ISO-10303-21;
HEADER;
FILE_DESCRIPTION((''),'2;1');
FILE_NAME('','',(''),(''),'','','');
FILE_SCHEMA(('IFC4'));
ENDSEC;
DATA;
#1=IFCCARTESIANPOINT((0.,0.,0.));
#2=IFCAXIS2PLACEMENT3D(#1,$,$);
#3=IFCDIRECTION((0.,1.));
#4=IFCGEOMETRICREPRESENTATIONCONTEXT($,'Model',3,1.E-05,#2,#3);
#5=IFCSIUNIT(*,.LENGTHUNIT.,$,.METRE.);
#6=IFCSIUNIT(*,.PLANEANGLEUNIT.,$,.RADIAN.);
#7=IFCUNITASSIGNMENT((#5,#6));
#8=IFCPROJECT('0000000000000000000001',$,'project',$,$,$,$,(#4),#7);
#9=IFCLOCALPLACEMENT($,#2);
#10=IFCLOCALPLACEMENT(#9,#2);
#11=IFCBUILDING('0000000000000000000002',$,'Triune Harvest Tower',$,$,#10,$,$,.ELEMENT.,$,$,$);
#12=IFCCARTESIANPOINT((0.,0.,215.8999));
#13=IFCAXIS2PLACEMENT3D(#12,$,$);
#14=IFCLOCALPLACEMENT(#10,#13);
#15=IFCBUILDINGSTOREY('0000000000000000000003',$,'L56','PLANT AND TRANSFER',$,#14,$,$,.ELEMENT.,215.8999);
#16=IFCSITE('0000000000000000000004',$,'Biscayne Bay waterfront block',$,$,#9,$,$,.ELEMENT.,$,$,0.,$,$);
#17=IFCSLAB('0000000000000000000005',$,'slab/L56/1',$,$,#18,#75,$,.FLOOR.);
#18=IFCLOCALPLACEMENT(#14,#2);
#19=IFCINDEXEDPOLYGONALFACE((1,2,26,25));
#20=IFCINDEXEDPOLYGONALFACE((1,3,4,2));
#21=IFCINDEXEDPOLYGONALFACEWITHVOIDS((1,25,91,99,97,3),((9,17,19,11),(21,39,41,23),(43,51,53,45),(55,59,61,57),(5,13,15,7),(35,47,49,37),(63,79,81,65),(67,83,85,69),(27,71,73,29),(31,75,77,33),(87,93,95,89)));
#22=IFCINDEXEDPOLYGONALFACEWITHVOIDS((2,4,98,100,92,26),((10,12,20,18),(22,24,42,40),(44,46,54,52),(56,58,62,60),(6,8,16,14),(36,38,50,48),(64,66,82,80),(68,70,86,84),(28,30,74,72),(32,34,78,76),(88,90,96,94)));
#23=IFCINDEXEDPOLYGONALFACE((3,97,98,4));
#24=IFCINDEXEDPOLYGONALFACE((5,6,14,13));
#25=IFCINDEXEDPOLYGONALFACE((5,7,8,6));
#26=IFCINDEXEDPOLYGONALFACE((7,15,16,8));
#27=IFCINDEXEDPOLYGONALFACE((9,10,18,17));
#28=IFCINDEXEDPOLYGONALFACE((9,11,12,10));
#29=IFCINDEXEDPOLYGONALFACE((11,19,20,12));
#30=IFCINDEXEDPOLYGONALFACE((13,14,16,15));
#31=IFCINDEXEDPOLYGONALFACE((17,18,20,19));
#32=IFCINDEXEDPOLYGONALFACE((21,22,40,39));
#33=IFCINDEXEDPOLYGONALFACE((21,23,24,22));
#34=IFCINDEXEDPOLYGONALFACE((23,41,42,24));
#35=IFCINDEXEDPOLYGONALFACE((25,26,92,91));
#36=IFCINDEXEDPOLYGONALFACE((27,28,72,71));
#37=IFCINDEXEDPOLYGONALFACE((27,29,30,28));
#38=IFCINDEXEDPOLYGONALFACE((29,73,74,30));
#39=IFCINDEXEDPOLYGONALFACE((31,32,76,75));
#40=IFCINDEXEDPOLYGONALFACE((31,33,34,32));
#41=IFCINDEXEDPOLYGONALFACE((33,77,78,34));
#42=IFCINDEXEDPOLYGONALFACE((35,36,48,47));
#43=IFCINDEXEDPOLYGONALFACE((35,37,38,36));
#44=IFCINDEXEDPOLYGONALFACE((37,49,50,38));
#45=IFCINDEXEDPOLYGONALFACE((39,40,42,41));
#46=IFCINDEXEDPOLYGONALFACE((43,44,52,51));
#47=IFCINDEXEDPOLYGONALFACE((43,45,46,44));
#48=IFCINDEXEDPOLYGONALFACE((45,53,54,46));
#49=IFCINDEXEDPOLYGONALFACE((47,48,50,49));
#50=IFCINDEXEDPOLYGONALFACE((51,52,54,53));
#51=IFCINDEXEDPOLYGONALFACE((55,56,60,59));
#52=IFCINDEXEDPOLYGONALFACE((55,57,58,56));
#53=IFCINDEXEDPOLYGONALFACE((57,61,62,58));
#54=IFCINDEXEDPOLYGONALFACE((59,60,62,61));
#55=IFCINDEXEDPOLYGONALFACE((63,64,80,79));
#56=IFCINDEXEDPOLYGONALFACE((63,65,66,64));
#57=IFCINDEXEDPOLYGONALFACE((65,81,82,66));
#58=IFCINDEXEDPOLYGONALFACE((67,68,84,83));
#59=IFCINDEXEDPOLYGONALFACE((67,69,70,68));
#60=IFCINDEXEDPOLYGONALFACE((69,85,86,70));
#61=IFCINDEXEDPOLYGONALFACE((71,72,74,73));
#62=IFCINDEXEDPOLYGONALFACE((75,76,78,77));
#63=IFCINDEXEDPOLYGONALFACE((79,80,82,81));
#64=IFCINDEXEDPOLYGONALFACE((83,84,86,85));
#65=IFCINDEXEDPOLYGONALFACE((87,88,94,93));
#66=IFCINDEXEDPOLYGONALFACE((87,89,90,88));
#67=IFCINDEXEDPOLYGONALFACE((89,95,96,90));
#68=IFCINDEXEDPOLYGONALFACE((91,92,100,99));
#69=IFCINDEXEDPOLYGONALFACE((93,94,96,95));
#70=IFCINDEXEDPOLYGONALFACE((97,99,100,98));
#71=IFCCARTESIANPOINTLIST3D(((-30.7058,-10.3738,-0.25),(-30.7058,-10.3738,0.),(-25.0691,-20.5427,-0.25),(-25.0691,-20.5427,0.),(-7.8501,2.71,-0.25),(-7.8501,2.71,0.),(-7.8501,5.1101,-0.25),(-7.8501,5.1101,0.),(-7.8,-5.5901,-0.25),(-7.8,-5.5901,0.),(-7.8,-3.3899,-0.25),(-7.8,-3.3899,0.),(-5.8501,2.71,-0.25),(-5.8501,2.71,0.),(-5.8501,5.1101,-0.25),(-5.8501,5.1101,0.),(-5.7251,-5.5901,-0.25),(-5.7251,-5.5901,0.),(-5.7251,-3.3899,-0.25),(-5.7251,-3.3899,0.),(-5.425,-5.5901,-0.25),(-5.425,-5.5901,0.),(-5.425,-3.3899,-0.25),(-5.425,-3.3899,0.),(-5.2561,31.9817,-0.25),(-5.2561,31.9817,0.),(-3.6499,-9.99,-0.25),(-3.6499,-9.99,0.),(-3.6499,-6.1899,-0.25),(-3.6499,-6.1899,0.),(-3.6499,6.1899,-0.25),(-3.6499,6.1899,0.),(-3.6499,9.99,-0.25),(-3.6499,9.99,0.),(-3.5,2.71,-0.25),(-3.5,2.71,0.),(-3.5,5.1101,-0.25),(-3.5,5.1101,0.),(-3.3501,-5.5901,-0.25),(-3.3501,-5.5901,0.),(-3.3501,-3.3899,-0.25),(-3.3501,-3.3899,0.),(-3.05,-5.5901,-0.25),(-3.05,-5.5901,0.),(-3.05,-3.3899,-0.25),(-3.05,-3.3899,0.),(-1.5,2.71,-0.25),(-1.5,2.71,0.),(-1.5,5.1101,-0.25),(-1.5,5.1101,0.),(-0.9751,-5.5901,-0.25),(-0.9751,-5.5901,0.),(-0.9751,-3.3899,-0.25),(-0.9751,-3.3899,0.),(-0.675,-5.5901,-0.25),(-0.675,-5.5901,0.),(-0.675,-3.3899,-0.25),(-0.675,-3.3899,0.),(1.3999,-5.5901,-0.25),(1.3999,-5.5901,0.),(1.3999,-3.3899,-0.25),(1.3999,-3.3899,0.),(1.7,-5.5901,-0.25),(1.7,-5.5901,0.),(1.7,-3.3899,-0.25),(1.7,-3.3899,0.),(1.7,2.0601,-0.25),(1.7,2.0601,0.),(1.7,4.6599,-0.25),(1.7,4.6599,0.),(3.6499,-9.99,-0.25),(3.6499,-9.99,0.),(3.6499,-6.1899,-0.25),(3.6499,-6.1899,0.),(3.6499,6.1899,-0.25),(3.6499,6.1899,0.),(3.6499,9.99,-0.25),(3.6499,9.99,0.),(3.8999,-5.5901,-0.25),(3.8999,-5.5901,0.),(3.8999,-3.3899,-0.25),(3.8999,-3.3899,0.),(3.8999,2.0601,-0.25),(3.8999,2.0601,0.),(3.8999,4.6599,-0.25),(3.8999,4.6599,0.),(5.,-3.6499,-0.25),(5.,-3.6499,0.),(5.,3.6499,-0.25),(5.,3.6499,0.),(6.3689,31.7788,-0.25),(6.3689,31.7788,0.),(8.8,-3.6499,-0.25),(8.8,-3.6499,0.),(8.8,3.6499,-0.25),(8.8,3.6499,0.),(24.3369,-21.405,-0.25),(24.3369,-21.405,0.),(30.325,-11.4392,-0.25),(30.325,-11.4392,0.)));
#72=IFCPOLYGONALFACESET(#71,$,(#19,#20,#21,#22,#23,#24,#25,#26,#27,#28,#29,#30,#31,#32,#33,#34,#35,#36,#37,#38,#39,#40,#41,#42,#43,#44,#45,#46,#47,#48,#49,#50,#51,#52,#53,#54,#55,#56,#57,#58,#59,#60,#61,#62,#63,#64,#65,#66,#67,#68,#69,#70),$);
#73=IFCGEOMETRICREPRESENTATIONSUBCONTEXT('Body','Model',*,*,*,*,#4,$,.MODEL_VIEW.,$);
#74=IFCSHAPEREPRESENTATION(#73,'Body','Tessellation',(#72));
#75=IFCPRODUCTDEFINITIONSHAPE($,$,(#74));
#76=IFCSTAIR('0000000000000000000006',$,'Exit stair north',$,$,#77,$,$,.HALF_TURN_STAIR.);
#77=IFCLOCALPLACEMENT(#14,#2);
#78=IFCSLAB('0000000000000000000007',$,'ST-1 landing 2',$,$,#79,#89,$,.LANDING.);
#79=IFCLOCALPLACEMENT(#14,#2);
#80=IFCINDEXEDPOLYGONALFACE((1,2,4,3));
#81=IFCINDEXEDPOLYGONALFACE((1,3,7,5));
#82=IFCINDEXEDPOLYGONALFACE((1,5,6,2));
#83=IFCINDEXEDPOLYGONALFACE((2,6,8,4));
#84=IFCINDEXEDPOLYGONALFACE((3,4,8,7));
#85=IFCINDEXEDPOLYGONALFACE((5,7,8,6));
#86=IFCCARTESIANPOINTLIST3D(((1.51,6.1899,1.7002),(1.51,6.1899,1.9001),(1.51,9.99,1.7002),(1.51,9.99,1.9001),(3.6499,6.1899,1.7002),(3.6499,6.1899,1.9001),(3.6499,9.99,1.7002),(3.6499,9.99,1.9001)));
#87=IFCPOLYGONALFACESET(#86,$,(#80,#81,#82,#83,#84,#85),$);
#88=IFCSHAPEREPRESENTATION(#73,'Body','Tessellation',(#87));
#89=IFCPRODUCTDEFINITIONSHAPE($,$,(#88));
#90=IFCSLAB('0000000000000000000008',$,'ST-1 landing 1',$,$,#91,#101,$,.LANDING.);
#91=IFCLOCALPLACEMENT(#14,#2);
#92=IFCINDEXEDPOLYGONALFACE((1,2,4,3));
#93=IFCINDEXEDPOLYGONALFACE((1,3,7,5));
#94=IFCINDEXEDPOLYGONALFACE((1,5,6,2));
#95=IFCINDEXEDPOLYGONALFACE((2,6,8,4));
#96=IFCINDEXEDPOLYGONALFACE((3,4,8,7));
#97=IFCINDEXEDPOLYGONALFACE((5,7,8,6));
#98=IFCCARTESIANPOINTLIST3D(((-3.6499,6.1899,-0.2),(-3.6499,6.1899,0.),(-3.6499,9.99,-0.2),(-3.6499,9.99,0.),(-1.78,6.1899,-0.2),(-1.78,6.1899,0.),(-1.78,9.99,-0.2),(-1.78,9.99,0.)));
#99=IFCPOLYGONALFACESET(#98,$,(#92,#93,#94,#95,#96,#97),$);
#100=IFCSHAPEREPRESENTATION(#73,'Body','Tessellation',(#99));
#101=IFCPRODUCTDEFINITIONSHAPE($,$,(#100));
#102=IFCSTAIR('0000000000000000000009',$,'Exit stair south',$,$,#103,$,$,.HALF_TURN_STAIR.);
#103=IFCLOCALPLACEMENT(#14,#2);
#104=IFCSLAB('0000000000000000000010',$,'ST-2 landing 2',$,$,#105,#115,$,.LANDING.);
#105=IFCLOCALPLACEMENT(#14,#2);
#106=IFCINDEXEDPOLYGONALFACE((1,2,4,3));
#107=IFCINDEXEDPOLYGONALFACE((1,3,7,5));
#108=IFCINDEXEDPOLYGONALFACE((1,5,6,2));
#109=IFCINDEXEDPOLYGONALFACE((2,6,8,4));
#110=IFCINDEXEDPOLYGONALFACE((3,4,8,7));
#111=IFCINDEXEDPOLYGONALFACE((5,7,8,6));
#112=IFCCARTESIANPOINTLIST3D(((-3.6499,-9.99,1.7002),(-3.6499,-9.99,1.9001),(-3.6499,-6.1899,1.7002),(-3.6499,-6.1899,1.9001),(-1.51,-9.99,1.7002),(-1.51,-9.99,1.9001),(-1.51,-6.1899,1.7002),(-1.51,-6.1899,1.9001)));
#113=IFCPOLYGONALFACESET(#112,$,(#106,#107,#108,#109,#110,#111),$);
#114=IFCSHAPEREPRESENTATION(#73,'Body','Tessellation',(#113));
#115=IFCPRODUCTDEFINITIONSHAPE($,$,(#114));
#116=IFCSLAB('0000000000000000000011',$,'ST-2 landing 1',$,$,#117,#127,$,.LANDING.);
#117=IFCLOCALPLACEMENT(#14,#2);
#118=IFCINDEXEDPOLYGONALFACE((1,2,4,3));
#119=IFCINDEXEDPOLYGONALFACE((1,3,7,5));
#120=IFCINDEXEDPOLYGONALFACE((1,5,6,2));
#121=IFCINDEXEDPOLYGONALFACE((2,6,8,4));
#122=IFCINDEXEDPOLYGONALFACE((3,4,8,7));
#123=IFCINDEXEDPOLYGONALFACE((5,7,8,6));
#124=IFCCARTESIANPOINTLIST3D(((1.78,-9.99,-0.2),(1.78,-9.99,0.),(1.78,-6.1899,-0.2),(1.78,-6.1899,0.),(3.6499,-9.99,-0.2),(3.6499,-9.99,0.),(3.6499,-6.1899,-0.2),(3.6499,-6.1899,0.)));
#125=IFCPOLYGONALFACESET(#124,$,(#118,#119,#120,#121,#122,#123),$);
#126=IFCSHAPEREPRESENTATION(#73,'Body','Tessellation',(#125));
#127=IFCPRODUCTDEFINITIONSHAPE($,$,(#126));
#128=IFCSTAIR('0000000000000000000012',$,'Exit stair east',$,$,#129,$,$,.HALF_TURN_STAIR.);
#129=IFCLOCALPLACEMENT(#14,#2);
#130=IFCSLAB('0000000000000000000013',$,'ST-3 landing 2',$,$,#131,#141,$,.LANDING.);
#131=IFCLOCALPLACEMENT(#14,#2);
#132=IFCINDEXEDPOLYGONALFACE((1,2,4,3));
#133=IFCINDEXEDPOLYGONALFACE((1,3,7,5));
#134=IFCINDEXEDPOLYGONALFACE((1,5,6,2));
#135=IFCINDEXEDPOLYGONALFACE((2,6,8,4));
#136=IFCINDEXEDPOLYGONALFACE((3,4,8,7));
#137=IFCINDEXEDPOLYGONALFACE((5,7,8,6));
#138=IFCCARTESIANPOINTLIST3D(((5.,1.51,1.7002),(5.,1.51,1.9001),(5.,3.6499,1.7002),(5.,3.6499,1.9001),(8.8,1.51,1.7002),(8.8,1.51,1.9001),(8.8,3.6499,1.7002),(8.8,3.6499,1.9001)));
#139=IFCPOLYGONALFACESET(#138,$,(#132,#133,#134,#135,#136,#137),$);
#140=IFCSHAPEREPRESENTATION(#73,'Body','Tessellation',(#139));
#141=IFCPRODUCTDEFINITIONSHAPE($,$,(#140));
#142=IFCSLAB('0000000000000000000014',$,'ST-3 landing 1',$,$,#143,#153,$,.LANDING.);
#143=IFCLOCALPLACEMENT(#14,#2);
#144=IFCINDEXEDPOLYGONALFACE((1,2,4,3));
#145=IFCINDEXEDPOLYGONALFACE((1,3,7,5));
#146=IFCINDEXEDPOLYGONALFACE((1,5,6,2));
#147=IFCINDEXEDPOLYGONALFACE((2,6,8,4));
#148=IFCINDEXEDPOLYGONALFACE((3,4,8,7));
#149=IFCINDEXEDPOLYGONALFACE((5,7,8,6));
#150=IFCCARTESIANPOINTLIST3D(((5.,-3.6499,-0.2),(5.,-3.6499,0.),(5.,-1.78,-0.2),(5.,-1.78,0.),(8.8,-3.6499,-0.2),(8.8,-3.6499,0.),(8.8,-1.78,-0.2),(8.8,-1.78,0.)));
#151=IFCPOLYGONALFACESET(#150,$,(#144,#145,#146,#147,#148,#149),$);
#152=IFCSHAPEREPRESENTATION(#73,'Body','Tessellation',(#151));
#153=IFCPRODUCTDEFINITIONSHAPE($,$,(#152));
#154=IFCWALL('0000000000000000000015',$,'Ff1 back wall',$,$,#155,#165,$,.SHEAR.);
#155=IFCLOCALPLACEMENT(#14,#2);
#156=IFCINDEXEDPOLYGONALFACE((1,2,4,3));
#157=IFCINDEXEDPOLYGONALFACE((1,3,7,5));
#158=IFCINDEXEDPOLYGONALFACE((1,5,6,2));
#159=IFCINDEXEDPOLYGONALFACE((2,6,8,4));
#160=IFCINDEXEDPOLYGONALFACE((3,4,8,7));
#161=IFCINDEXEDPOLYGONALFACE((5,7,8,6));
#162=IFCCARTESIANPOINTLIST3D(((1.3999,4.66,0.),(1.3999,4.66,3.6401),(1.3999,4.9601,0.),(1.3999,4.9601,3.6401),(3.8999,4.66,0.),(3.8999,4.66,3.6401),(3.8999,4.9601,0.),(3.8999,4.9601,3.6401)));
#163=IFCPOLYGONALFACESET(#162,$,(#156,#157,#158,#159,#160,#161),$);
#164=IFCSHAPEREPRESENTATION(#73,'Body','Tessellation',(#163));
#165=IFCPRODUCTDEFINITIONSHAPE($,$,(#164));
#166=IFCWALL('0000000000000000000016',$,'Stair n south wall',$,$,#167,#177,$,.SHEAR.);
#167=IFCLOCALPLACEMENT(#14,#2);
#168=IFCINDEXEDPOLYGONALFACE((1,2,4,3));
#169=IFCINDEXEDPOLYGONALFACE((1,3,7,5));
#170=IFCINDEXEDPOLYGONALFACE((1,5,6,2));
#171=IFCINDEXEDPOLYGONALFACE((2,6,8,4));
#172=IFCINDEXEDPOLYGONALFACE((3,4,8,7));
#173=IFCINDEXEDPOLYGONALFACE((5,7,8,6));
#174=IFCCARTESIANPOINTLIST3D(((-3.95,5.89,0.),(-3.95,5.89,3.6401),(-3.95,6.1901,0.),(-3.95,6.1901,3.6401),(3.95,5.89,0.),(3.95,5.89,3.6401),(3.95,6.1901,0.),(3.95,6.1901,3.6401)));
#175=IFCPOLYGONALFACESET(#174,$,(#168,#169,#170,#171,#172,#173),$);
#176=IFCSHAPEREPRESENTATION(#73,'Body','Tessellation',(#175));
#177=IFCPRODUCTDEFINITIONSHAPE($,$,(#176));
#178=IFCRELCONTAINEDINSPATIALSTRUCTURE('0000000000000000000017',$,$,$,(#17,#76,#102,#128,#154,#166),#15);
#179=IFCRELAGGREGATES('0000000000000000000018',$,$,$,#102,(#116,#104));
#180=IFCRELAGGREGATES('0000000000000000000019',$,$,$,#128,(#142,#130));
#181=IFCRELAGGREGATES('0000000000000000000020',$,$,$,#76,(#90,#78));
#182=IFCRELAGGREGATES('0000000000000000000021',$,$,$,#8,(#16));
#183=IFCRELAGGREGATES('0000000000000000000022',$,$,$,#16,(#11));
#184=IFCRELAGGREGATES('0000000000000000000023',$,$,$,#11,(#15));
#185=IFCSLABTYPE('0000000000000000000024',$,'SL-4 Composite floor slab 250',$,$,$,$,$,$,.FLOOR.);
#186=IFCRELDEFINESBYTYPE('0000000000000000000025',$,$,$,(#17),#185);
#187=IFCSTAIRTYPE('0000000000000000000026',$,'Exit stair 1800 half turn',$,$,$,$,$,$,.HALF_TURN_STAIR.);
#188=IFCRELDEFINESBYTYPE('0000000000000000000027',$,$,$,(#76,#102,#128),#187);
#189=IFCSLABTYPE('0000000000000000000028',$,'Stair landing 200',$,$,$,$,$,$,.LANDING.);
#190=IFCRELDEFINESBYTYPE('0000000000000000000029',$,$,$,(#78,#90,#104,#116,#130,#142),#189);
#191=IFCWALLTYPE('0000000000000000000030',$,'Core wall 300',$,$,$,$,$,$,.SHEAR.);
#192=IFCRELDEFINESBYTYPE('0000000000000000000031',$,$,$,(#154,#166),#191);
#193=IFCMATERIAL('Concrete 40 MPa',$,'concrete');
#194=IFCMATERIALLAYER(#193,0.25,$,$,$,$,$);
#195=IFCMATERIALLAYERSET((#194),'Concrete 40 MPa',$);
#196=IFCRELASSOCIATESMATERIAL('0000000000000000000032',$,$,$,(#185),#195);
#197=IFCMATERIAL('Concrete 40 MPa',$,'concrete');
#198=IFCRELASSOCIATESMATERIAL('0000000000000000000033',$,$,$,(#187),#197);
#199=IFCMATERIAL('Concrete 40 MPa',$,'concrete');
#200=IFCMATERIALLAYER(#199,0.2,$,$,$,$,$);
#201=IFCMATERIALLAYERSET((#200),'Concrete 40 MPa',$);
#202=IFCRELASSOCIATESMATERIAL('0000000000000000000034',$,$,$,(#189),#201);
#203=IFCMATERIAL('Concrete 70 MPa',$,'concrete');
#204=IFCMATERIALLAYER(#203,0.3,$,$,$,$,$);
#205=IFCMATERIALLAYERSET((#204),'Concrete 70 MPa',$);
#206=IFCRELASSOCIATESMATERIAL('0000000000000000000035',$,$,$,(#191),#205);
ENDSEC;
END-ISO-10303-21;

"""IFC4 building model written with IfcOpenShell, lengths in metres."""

from ifc_helpers import new_model, si_unit, direction, frame, frame_2d, origin, place, context, subcontext, project, spatial, polyline, rectangle, outline, extrude, source, transform, mapped, material, layer, layer_set, type_object, element, aggregate, save


model = new_model("IFC4")

# Units and contexts
model_context = context("Model", 3, precision=1e-05, world=origin(), true_north=direction((0.0, 1.0)))
body_context = subcontext(model_context, "Body", "Model", "MODEL_VIEW")
ifc_project = project(units=[si_unit("LENGTHUNIT", "METRE"), si_unit("PLANEANGLEUNIT", "RADIAN")], contexts=[model_context])

# Site, building, storey
site_placement = place(None, origin())
site = spatial("IfcSite", under=ifc_project, at=site_placement, Name="Biscayne Bay waterfront block", CompositionType="ELEMENT", RefElevation=0.0)
building_placement = place(site_placement, origin())
building = spatial("IfcBuilding", under=site, at=building_placement, Name="Triune Harvest Tower", CompositionType="ELEMENT")
storey_placement = place(building_placement, frame((0.0, 0.0, 215.8999)))
storey = spatial("IfcBuildingStorey", under=building, at=storey_placement, Name="L56", Description="PLANT AND TRANSFER", CompositionType="ELEMENT", Elevation=215.8999)

# Slab
ifc_material_1 = material(Name="Concrete 40 MPa", Category="concrete")
ifc_layer_1 = layer(ifc_material_1, 0.25)
ifc_layer_set_1 = layer_set([ifc_layer_1], Name="Concrete 40 MPa")
slab_type_1 = type_object("IfcSlabType", Name="SL-4 Composite floor slab 250", PredefinedType="FLOOR", material=ifc_layer_set_1)
slab_1_placement = place(storey_placement, frame((0.0, 0.0, -0.25)))
element("IfcSlab", 1, at=slab_1_placement, inside=storey, type_object=slab_type_1, Name="slab/L56/1", PredefinedType="FLOOR", context=body_context, shape_type="SweptSolid", body=[
    extrude(outline(polyline([(30.325, -11.4392), (6.3689, 31.7788), (-5.2561, 31.9817), (-30.7058, -10.3738), (-25.0691, -20.5427), (24.3369, -21.405), (30.325, -11.4392)]), holes=[polyline([(-5.7251, -5.5901), (-5.7251, -3.3899), (-7.8, -3.3899), (-7.8, -5.5901), (-5.7251, -5.5901)]), polyline([(-3.3501, -5.5901), (-3.3501, -3.3899), (-5.425, -3.3899), (-5.425, -5.5901), (-3.3501, -5.5901)]), polyline([(-0.9751, -5.5901), (-0.9751, -3.3899), (-3.05, -3.3899), (-3.05, -5.5901), (-0.9751, -5.5901)]), polyline([(1.3999, -5.5901), (1.3999, -3.3899), (-0.675, -3.3899), (-0.675, -5.5901), (1.3999, -5.5901)]), polyline([(3.8999, 2.0601), (3.8999, 4.6599), (1.7, 4.6599), (1.7, 2.0601), (3.8999, 2.0601)]), polyline([(3.8999, -5.5901), (3.8999, -3.3899), (1.7, -3.3899), (1.7, -5.5901), (3.8999, -5.5901)]), polyline([(-5.8501, 2.71), (-5.8501, 5.1101), (-7.8501, 5.1101), (-7.8501, 2.71), (-5.8501, 2.71)]), polyline([(-1.5, 2.71), (-1.5, 5.1101), (-3.5, 5.1101), (-3.5, 2.71), (-1.5, 2.71)]), polyline([(3.6499, 6.1899), (3.6499, 9.99), (-3.6499, 9.99), (-3.6499, 6.1899), (3.6499, 6.1899)]), polyline([(3.6499, -9.99), (3.6499, -6.1899), (-3.6499, -6.1899), (-3.6499, -9.99), (3.6499, -9.99)]), polyline([(8.8, -3.6499), (8.8, 3.6499), (5.0, 3.6499), (5.0, -3.6499), (8.8, -3.6499)])]), origin(), (0.0, 0.0, 1.0), 0.25),
])

# Stairs, slabs
ifc_material_2 = material(Name="Concrete 40 MPa", Category="concrete")
stair_type = type_object("IfcStairType", Name="Exit stair 1800 half turn", PredefinedType="HALF_TURN_STAIR", material=ifc_material_2)
stair_1_placement = place(storey_placement, origin())
stair_1 = element("IfcStair", 2, at=stair_1_placement, inside=storey, type_object=stair_type, Name="Exit stair north", PredefinedType="HALF_TURN_STAIR")
ifc_material_3 = material(Name="Concrete 40 MPa", Category="concrete")
ifc_layer_2 = layer(ifc_material_3, 0.2)
ifc_layer_set_2 = layer_set([ifc_layer_2], Name="Concrete 40 MPa")
slab_type_2 = type_object("IfcSlabType", Name="Stair landing 200", PredefinedType="LANDING", material=ifc_layer_set_2)
shared_shape_1 = source(origin(), body_context, "Body", "SweptSolid", [
    extrude(outline(polyline([(1.51, 6.1899), (3.6499, 6.1899), (3.6499, 9.99), (1.51, 9.99), (1.51, 6.1899)])), origin(), (0.0, 0.0, 1.0), 0.2),
])
slab_2_placement = place(storey_placement, frame((0.0, 0.0, 1.7002)))
slab_2 = element("IfcSlab", 3, at=slab_2_placement, type_object=slab_type_2, Name="ST-1 landing 2", PredefinedType="LANDING", context=body_context, shape_type="MappedRepresentation", body=[
    mapped(shared_shape_1, transform((0.0, 0.0, 0.0), scale=1.0)),
])
shared_shape_2 = source(origin(), body_context, "Body", "SweptSolid", [
    extrude(outline(polyline([(-3.6499, 6.1899), (-1.78, 6.1899), (-1.78, 9.99), (-3.6499, 9.99), (-3.6499, 6.1899)])), origin(), (0.0, 0.0, 1.0), 0.2),
])
slab_3_placement = place(storey_placement, frame((0.0, 0.0, -0.2)))
slab_3 = element("IfcSlab", 4, at=slab_3_placement, type_object=slab_type_2, Name="ST-1 landing 1", PredefinedType="LANDING", context=body_context, shape_type="MappedRepresentation", body=[
    mapped(shared_shape_2, transform((0.0, 0.0, 0.0), scale=1.0)),
])
stair_2_placement = place(storey_placement, origin())
stair_2 = element("IfcStair", 5, at=stair_2_placement, inside=storey, type_object=stair_type, Name="Exit stair south", PredefinedType="HALF_TURN_STAIR")
shared_shape_3 = source(origin(), body_context, "Body", "SweptSolid", [
    extrude(outline(polyline([(-1.51, -6.1899), (-3.6499, -6.1899), (-3.6499, -9.99), (-1.51, -9.99), (-1.51, -6.1899)])), origin(), (0.0, 0.0, 1.0), 0.2),
])
slab_4_placement = place(storey_placement, frame((0.0, 0.0, 1.7002)))
slab_4 = element("IfcSlab", 6, at=slab_4_placement, type_object=slab_type_2, Name="ST-2 landing 2", PredefinedType="LANDING", context=body_context, shape_type="MappedRepresentation", body=[
    mapped(shared_shape_3, transform((0.0, 0.0, 0.0), scale=1.0)),
])
shared_shape_4 = source(origin(), body_context, "Body", "SweptSolid", [
    extrude(outline(polyline([(3.6499, -6.1899), (1.78, -6.1899), (1.78, -9.99), (3.6499, -9.99), (3.6499, -6.1899)])), origin(), (0.0, 0.0, 1.0), 0.2),
])
slab_5_placement = place(storey_placement, frame((0.0, 0.0, -0.2)))
slab_5 = element("IfcSlab", 7, at=slab_5_placement, type_object=slab_type_2, Name="ST-2 landing 1", PredefinedType="LANDING", context=body_context, shape_type="MappedRepresentation", body=[
    mapped(shared_shape_4, transform((0.0, 0.0, 0.0), scale=1.0)),
])
aggregate(stair_2, [slab_5, slab_4])
stair_3_placement = place(storey_placement, origin())
stair_3 = element("IfcStair", 8, at=stair_3_placement, inside=storey, type_object=stair_type, Name="Exit stair east", PredefinedType="HALF_TURN_STAIR")
shared_shape_5 = source(origin(), body_context, "Body", "SweptSolid", [
    extrude(outline(polyline([(8.8, 1.51), (8.8, 3.6499), (5.0, 3.6499), (5.0, 1.51), (8.8, 1.51)])), origin(), (0.0, 0.0, 1.0), 0.2),
])
slab_6_placement = place(storey_placement, frame((0.0, 0.0, 1.7002)))
slab_6 = element("IfcSlab", 9, at=slab_6_placement, type_object=slab_type_2, Name="ST-3 landing 2", PredefinedType="LANDING", context=body_context, shape_type="MappedRepresentation", body=[
    mapped(shared_shape_5, transform((0.0, 0.0, 0.0), scale=1.0)),
])
shared_shape_6 = source(origin(), body_context, "Body", "SweptSolid", [
    extrude(outline(polyline([(8.8, -3.6499), (8.8, -1.78), (5.0, -1.78), (5.0, -3.6499), (8.8, -3.6499)])), origin(), (0.0, 0.0, 1.0), 0.2),
])
slab_7_placement = place(storey_placement, frame((0.0, 0.0, -0.2)))
slab_7 = element("IfcSlab", 10, at=slab_7_placement, type_object=slab_type_2, Name="ST-3 landing 1", PredefinedType="LANDING", context=body_context, shape_type="MappedRepresentation", body=[
    mapped(shared_shape_6, transform((0.0, 0.0, 0.0), scale=1.0)),
])
aggregate(stair_3, [slab_7, slab_6])

# Walls
ifc_material_4 = material(Name="Concrete 70 MPa", Category="concrete")
ifc_layer_3 = layer(ifc_material_4, 0.3)
ifc_layer_set_3 = layer_set([ifc_layer_3], Name="Concrete 70 MPa")
wall_type_1 = type_object("IfcWallType", Name="Core wall 300", PredefinedType="SHEAR", material=ifc_layer_set_3)
shared_shape_7 = source(origin(), body_context, "Body", "SweptSolid", [
    extrude(rectangle(XDim=2.5, YDim=0.3, at=frame_2d((1.25, 0.0))), origin(), (0.0, 0.0, 1.0), 3.6401),
])
wall_1_placement = place(storey_placement, frame((1.3999, 4.8101, 0.0), z_axis=(0.0, 0.0, 1.0), x_axis=(1.0, 0.0, 0.0)))
element("IfcWall", 11, at=wall_1_placement, inside=storey, type_object=wall_type_1, Name="Ff1 back wall", PredefinedType="SHEAR", context=body_context, shape_type="MappedRepresentation", body=[
    mapped(shared_shape_7, transform((0.0, 0.0, 0.0), scale=1.0)),
])
shared_shape_8 = source(origin(), body_context, "Body", "SweptSolid", [
    extrude(rectangle(XDim=7.8999, YDim=0.3, at=frame_2d((3.95, 0.0))), origin(), (0.0, 0.0, 1.0), 3.6401),
])
wall_2_placement = place(storey_placement, frame((-3.95, 6.04, 0.0), z_axis=(0.0, 0.0, 1.0), x_axis=(1.0, 0.0, 0.0)))
element("IfcWall", 12, at=wall_2_placement, inside=storey, type_object=wall_type_1, Name="Stair n south wall", PredefinedType="SHEAR", context=body_context, shape_type="MappedRepresentation", body=[
    mapped(shared_shape_8, transform((0.0, 0.0, 0.0), scale=1.0)),
])

aggregate(stair_1, [slab_3, slab_2])

save(model, "model.ifc")
